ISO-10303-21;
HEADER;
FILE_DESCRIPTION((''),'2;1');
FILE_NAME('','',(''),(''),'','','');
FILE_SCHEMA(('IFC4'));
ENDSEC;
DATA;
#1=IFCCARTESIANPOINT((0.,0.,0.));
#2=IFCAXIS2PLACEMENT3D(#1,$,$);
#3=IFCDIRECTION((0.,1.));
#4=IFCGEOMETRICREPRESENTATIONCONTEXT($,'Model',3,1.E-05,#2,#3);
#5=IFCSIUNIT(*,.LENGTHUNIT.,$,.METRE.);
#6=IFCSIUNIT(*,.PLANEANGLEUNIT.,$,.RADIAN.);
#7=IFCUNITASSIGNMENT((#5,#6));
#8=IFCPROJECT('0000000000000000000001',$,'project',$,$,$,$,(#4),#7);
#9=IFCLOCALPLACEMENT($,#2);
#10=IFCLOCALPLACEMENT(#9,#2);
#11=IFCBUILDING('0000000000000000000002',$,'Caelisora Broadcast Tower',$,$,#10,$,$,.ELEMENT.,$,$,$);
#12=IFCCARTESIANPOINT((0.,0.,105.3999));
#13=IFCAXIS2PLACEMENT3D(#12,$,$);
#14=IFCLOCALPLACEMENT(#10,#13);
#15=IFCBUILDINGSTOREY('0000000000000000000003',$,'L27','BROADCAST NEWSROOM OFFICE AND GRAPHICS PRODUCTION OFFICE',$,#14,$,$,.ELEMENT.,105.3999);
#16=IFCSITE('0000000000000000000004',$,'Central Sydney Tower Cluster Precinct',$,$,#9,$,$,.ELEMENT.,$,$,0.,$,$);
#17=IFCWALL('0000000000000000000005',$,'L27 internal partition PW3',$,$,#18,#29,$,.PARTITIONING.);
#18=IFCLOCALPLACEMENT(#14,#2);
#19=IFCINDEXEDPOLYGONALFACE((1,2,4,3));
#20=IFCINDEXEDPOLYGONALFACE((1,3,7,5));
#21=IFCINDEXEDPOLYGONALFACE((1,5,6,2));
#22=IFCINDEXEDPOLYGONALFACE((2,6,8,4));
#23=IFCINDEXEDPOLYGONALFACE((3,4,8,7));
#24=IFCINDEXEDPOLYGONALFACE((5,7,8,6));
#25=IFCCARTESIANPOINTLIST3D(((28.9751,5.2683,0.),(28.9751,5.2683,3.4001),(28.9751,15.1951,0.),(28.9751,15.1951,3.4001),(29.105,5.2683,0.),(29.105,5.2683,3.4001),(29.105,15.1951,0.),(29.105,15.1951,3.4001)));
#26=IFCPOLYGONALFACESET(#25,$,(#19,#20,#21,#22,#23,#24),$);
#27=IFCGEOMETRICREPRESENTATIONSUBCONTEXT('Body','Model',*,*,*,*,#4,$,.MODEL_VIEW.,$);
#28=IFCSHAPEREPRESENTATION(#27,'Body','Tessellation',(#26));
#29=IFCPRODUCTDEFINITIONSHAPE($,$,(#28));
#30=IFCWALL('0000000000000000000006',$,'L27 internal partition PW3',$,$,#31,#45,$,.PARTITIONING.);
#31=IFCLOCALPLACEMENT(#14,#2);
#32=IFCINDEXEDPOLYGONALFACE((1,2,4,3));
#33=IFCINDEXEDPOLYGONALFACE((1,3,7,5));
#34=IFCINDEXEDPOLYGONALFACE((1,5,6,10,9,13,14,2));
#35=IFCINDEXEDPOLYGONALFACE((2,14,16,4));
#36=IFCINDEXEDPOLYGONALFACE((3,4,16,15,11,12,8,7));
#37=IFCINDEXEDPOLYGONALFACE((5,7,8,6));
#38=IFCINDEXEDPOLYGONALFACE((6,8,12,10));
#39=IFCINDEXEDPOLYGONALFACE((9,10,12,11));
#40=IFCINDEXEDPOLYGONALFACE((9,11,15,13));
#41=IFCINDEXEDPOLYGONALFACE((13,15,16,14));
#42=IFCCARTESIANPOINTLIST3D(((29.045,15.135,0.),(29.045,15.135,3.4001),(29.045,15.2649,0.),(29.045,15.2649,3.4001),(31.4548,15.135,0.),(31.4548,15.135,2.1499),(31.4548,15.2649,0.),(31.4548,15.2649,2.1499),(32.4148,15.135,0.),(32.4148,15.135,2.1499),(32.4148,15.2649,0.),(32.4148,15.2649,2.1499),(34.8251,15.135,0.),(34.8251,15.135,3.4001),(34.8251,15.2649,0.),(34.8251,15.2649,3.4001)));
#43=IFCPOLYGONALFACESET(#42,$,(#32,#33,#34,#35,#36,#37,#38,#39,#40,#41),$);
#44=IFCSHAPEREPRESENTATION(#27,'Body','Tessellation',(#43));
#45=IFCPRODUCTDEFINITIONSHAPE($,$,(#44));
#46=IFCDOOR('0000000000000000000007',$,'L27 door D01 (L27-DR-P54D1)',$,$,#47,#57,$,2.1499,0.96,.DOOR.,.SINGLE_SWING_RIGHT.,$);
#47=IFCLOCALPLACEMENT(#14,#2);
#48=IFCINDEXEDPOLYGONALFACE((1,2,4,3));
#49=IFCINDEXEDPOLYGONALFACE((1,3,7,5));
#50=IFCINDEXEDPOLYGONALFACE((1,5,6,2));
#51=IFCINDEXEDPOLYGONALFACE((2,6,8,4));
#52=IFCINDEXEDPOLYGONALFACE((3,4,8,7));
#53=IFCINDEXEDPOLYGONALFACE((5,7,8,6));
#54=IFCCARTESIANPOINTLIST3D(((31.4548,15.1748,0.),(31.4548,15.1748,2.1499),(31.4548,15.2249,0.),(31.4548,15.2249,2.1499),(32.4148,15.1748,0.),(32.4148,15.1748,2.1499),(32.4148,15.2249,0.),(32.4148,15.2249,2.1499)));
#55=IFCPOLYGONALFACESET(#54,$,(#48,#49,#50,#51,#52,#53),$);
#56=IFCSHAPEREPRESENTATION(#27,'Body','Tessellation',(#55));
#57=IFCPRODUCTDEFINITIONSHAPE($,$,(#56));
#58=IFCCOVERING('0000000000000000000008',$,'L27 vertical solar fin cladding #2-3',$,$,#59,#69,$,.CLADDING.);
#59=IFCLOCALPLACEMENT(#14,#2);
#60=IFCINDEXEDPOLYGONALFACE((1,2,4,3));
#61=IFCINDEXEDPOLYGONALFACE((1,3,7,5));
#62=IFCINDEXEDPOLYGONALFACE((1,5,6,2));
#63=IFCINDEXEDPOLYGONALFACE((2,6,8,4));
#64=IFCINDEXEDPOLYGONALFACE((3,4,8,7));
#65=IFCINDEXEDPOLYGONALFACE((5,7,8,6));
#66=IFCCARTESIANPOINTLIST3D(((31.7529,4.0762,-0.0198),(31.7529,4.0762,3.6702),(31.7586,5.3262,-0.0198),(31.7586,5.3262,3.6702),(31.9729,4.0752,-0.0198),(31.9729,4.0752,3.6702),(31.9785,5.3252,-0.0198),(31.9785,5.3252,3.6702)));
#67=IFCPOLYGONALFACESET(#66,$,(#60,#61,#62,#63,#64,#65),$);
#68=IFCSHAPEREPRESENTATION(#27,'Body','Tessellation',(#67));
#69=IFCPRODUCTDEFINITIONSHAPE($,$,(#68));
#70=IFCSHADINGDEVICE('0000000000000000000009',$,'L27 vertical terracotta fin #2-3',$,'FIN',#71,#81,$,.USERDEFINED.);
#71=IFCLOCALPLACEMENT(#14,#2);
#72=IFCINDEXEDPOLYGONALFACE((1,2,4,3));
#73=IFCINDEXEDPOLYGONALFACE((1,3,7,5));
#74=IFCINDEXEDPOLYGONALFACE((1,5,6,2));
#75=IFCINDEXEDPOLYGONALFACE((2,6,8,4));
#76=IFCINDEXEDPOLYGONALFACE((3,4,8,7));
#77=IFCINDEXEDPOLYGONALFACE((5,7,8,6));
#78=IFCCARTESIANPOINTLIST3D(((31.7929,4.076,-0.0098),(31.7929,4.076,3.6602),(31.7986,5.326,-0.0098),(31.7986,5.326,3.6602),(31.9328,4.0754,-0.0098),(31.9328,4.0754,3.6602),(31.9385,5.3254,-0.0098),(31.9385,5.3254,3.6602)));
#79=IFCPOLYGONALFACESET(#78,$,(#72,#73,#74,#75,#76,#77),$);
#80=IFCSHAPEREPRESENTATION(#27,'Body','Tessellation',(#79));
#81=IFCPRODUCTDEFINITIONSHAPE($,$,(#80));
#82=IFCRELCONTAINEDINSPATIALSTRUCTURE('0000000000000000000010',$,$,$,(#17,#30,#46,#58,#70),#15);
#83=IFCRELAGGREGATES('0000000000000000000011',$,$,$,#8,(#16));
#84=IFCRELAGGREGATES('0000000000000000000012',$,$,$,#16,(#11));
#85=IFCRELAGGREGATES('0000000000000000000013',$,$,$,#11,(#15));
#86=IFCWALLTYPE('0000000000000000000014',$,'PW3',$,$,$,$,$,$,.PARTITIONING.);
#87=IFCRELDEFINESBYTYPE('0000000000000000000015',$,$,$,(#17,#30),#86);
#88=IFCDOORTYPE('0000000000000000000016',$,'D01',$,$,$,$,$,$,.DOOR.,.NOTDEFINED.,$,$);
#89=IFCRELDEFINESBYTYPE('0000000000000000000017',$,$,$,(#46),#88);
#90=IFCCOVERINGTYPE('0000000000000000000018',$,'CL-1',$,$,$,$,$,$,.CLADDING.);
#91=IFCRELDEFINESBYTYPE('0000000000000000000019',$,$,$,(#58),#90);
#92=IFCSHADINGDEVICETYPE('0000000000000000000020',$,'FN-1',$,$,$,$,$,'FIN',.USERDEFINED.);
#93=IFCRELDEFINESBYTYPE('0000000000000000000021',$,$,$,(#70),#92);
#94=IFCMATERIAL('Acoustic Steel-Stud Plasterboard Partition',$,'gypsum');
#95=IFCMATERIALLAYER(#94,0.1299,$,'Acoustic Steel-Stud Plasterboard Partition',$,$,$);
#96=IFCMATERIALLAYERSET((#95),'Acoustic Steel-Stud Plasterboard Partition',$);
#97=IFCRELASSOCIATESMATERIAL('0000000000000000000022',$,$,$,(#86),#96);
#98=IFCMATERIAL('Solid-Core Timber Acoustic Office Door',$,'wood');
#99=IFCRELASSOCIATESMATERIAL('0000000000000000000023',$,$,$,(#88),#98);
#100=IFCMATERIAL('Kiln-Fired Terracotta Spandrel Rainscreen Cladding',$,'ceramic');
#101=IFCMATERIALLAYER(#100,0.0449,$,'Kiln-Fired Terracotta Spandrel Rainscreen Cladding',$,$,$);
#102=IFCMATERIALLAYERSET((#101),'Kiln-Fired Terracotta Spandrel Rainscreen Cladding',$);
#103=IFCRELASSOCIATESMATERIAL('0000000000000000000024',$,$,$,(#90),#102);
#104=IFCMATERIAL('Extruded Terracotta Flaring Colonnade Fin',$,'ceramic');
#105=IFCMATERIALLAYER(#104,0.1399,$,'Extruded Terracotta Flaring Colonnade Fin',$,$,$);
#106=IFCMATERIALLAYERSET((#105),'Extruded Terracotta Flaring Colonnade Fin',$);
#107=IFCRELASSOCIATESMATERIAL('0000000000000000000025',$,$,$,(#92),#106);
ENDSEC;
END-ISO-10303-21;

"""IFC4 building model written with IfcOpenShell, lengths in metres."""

from ifc_helpers import new_model, si_unit, direction, frame, frame_2d, origin, origin_2d, place, context, subcontext, project, spatial, rectangle, extrude, source, transform, mapped, material, layer, layer_set, type_object, type_shapes, element, fill, save


model = new_model("IFC4")

# Units and contexts
model_context = context("Model", 3, precision=1e-05, world=origin(), true_north=direction((0.0, 1.0)))
body_context = subcontext(model_context, "Body", "Model", "MODEL_VIEW")
ifc_project = project(units=[si_unit("LENGTHUNIT", "METRE"), si_unit("PLANEANGLEUNIT", "RADIAN")], contexts=[model_context])

# Site, building, storey
site_placement = place(None, origin())
site = spatial("IfcSite", under=ifc_project, at=site_placement, Name="Central Sydney Tower Cluster Precinct", CompositionType="ELEMENT", RefElevation=0.0)
building_placement = place(site_placement, origin())
building = spatial("IfcBuilding", under=site, at=building_placement, Name="Caelisora Broadcast Tower", CompositionType="ELEMENT")
storey_placement = place(building_placement, frame((0.0, 0.0, 105.3999)))
storey = spatial("IfcBuildingStorey", under=building, at=storey_placement, Name="L27", Description="BROADCAST NEWSROOM OFFICE AND GRAPHICS PRODUCTION OFFICE", CompositionType="ELEMENT", Elevation=105.3999)

# Wall
ifc_material_1 = material(Name="Acoustic Steel-Stud Plasterboard Partition", Category="gypsum")
ifc_layer_1 = layer(ifc_material_1, 0.1299, Name="Acoustic Steel-Stud Plasterboard Partition")
ifc_layer_set_1 = layer_set([ifc_layer_1], Name="Acoustic Steel-Stud Plasterboard Partition")
wall_type = type_object("IfcWallType", Name="PW3", PredefinedType="PARTITIONING", material=ifc_layer_set_1)
wall_1_placement = place(storey_placement, frame((29.04, 5.2683, 0.0), z_axis=(0.0, 0.0, 1.0), x_axis=(0.0, 1.0, 0.0)))
element("IfcWall", 1, at=wall_1_placement, inside=storey, type_object=wall_type, Name="L27 internal partition PW3", PredefinedType="PARTITIONING", context=body_context, shape_type="SweptSolid", body=[
    extrude(rectangle(XDim=9.9268, YDim=0.1299, at=frame_2d((4.9634, 0.0))), origin(), (0.0, 0.0, 1.0), 3.4001),
])

# Wall, opening, door
wall_2_placement = place(storey_placement, frame((29.0449, 15.2, 0.0), z_axis=(0.0, 0.0, 1.0), x_axis=(1.0, 0.0, 0.0)))
wall_2 = element("IfcWall", 2, at=wall_2_placement, inside=storey, type_object=wall_type, Name="L27 internal partition PW3", PredefinedType="PARTITIONING", context=body_context, shape_type="SweptSolid", body=[
    extrude(rectangle(XDim=5.78, YDim=0.1299, at=frame_2d((2.8901, 0.0))), origin(), (0.0, 0.0, 1.0), 3.4001),
])
opening_placement = place(wall_2_placement, frame((2.4099, 0.0, 0.0)))
opening = element("IfcOpeningElement", 3, at=opening_placement, cuts=wall_2, PredefinedType="OPENING", context=body_context, shape_type="SweptSolid", body=[
    extrude(rectangle(XDim=0.96, YDim=2.1499, at=frame_2d((0.48, 1.075))), frame((0.0, 0.0769, 0.0), z_axis=(0.0, -1.0, 0.0), x_axis=(1.0, 0.0, 0.0)), (0.0, 0.0, 1.0), 0.1538),
])
ifc_material_2 = material(Name="Solid-Core Timber Acoustic Office Door", Category="wood")
door_type = type_object("IfcDoorType", Name="D01", OperationType="NOTDEFINED", PredefinedType="DOOR", material=ifc_material_2)
door_placement = place(opening_placement, origin())
door = element("IfcDoor", 4, at=door_placement, inside=storey, type_object=door_type, Name="L27 door D01 (L27-DR-P54D1)", OperationType="SINGLE_SWING_RIGHT", OverallHeight=2.1499, OverallWidth=0.96, PredefinedType="DOOR", context=body_context, shape_type="SweptSolid", body=[
    extrude(rectangle(XDim=0.96, YDim=2.1499, at=frame_2d((0.48, 1.075))), frame((0.0, 0.0249, 0.0), z_axis=(0.0, -1.0, 0.0), x_axis=(1.0, 0.0, 0.0)), (0.0, 0.0, 1.0), 0.05),
])
fill(opening, door)

# Covering
ifc_material_3 = material(Name="Kiln-Fired Terracotta Spandrel Rainscreen Cladding", Category="ceramic")
ifc_layer_2 = layer(ifc_material_3, 0.0449, Name="Kiln-Fired Terracotta Spandrel Rainscreen Cladding")
ifc_layer_set_2 = layer_set([ifc_layer_2], Name="Kiln-Fired Terracotta Spandrel Rainscreen Cladding")
covering_type = type_object("IfcCoveringType", Name="CL-1", PredefinedType="CLADDING", material=ifc_layer_set_2)
shared_shape_1 = source(origin(), body_context, "Body", "SweptSolid", [
    extrude(rectangle(XDim=0.22, YDim=1.25, at=origin_2d()), origin(), (0.0, 0.0, 1.0), 3.6899),
])
type_shapes(covering_type, [shared_shape_1])
covering_placement = place(storey_placement, frame((31.8657, 4.7007, -0.0198), z_axis=(0.0, 0.0, 1.0), x_axis=(-0.99999, 0.004538, 0.0)))
element("IfcCovering", 5, at=covering_placement, inside=storey, type_object=covering_type, Name="L27 vertical solar fin cladding #2-3", PredefinedType="CLADDING", context=body_context, shape_type="MappedRepresentation", body=[
    mapped(shared_shape_1, transform((0.0, 0.0, 0.0), scale=1.0)),
])

# Shading device
ifc_material_4 = material(Name="Extruded Terracotta Flaring Colonnade Fin", Category="ceramic")
ifc_layer_3 = layer(ifc_material_4, 0.1399, Name="Extruded Terracotta Flaring Colonnade Fin")
ifc_layer_set_3 = layer_set([ifc_layer_3], Name="Extruded Terracotta Flaring Colonnade Fin")
shading_device_type = type_object("IfcShadingDeviceType", Name="FN-1", ElementType="FIN", PredefinedType="USERDEFINED", material=ifc_layer_set_3)
shared_shape_2 = source(origin(), body_context, "Body", "SweptSolid", [
    extrude(rectangle(XDim=0.1399, YDim=1.25, at=origin_2d()), origin(), (0.0, 0.0, 1.0), 3.6699),
])
type_shapes(shading_device_type, [shared_shape_2])
shading_device_placement = place(storey_placement, frame((31.8657, 4.7007, -0.0098), z_axis=(0.0, 0.0, 1.0), x_axis=(-0.99999, 0.004538, 0.0)))
element("IfcShadingDevice", 6, at=shading_device_placement, inside=storey, type_object=shading_device_type, Name="L27 vertical terracotta fin #2-3", ObjectType="FIN", PredefinedType="USERDEFINED", context=body_context, shape_type="MappedRepresentation", body=[
    mapped(shared_shape_2, transform((0.0, 0.0, 0.0), scale=1.0)),
])

save(model, "model.ifc")
